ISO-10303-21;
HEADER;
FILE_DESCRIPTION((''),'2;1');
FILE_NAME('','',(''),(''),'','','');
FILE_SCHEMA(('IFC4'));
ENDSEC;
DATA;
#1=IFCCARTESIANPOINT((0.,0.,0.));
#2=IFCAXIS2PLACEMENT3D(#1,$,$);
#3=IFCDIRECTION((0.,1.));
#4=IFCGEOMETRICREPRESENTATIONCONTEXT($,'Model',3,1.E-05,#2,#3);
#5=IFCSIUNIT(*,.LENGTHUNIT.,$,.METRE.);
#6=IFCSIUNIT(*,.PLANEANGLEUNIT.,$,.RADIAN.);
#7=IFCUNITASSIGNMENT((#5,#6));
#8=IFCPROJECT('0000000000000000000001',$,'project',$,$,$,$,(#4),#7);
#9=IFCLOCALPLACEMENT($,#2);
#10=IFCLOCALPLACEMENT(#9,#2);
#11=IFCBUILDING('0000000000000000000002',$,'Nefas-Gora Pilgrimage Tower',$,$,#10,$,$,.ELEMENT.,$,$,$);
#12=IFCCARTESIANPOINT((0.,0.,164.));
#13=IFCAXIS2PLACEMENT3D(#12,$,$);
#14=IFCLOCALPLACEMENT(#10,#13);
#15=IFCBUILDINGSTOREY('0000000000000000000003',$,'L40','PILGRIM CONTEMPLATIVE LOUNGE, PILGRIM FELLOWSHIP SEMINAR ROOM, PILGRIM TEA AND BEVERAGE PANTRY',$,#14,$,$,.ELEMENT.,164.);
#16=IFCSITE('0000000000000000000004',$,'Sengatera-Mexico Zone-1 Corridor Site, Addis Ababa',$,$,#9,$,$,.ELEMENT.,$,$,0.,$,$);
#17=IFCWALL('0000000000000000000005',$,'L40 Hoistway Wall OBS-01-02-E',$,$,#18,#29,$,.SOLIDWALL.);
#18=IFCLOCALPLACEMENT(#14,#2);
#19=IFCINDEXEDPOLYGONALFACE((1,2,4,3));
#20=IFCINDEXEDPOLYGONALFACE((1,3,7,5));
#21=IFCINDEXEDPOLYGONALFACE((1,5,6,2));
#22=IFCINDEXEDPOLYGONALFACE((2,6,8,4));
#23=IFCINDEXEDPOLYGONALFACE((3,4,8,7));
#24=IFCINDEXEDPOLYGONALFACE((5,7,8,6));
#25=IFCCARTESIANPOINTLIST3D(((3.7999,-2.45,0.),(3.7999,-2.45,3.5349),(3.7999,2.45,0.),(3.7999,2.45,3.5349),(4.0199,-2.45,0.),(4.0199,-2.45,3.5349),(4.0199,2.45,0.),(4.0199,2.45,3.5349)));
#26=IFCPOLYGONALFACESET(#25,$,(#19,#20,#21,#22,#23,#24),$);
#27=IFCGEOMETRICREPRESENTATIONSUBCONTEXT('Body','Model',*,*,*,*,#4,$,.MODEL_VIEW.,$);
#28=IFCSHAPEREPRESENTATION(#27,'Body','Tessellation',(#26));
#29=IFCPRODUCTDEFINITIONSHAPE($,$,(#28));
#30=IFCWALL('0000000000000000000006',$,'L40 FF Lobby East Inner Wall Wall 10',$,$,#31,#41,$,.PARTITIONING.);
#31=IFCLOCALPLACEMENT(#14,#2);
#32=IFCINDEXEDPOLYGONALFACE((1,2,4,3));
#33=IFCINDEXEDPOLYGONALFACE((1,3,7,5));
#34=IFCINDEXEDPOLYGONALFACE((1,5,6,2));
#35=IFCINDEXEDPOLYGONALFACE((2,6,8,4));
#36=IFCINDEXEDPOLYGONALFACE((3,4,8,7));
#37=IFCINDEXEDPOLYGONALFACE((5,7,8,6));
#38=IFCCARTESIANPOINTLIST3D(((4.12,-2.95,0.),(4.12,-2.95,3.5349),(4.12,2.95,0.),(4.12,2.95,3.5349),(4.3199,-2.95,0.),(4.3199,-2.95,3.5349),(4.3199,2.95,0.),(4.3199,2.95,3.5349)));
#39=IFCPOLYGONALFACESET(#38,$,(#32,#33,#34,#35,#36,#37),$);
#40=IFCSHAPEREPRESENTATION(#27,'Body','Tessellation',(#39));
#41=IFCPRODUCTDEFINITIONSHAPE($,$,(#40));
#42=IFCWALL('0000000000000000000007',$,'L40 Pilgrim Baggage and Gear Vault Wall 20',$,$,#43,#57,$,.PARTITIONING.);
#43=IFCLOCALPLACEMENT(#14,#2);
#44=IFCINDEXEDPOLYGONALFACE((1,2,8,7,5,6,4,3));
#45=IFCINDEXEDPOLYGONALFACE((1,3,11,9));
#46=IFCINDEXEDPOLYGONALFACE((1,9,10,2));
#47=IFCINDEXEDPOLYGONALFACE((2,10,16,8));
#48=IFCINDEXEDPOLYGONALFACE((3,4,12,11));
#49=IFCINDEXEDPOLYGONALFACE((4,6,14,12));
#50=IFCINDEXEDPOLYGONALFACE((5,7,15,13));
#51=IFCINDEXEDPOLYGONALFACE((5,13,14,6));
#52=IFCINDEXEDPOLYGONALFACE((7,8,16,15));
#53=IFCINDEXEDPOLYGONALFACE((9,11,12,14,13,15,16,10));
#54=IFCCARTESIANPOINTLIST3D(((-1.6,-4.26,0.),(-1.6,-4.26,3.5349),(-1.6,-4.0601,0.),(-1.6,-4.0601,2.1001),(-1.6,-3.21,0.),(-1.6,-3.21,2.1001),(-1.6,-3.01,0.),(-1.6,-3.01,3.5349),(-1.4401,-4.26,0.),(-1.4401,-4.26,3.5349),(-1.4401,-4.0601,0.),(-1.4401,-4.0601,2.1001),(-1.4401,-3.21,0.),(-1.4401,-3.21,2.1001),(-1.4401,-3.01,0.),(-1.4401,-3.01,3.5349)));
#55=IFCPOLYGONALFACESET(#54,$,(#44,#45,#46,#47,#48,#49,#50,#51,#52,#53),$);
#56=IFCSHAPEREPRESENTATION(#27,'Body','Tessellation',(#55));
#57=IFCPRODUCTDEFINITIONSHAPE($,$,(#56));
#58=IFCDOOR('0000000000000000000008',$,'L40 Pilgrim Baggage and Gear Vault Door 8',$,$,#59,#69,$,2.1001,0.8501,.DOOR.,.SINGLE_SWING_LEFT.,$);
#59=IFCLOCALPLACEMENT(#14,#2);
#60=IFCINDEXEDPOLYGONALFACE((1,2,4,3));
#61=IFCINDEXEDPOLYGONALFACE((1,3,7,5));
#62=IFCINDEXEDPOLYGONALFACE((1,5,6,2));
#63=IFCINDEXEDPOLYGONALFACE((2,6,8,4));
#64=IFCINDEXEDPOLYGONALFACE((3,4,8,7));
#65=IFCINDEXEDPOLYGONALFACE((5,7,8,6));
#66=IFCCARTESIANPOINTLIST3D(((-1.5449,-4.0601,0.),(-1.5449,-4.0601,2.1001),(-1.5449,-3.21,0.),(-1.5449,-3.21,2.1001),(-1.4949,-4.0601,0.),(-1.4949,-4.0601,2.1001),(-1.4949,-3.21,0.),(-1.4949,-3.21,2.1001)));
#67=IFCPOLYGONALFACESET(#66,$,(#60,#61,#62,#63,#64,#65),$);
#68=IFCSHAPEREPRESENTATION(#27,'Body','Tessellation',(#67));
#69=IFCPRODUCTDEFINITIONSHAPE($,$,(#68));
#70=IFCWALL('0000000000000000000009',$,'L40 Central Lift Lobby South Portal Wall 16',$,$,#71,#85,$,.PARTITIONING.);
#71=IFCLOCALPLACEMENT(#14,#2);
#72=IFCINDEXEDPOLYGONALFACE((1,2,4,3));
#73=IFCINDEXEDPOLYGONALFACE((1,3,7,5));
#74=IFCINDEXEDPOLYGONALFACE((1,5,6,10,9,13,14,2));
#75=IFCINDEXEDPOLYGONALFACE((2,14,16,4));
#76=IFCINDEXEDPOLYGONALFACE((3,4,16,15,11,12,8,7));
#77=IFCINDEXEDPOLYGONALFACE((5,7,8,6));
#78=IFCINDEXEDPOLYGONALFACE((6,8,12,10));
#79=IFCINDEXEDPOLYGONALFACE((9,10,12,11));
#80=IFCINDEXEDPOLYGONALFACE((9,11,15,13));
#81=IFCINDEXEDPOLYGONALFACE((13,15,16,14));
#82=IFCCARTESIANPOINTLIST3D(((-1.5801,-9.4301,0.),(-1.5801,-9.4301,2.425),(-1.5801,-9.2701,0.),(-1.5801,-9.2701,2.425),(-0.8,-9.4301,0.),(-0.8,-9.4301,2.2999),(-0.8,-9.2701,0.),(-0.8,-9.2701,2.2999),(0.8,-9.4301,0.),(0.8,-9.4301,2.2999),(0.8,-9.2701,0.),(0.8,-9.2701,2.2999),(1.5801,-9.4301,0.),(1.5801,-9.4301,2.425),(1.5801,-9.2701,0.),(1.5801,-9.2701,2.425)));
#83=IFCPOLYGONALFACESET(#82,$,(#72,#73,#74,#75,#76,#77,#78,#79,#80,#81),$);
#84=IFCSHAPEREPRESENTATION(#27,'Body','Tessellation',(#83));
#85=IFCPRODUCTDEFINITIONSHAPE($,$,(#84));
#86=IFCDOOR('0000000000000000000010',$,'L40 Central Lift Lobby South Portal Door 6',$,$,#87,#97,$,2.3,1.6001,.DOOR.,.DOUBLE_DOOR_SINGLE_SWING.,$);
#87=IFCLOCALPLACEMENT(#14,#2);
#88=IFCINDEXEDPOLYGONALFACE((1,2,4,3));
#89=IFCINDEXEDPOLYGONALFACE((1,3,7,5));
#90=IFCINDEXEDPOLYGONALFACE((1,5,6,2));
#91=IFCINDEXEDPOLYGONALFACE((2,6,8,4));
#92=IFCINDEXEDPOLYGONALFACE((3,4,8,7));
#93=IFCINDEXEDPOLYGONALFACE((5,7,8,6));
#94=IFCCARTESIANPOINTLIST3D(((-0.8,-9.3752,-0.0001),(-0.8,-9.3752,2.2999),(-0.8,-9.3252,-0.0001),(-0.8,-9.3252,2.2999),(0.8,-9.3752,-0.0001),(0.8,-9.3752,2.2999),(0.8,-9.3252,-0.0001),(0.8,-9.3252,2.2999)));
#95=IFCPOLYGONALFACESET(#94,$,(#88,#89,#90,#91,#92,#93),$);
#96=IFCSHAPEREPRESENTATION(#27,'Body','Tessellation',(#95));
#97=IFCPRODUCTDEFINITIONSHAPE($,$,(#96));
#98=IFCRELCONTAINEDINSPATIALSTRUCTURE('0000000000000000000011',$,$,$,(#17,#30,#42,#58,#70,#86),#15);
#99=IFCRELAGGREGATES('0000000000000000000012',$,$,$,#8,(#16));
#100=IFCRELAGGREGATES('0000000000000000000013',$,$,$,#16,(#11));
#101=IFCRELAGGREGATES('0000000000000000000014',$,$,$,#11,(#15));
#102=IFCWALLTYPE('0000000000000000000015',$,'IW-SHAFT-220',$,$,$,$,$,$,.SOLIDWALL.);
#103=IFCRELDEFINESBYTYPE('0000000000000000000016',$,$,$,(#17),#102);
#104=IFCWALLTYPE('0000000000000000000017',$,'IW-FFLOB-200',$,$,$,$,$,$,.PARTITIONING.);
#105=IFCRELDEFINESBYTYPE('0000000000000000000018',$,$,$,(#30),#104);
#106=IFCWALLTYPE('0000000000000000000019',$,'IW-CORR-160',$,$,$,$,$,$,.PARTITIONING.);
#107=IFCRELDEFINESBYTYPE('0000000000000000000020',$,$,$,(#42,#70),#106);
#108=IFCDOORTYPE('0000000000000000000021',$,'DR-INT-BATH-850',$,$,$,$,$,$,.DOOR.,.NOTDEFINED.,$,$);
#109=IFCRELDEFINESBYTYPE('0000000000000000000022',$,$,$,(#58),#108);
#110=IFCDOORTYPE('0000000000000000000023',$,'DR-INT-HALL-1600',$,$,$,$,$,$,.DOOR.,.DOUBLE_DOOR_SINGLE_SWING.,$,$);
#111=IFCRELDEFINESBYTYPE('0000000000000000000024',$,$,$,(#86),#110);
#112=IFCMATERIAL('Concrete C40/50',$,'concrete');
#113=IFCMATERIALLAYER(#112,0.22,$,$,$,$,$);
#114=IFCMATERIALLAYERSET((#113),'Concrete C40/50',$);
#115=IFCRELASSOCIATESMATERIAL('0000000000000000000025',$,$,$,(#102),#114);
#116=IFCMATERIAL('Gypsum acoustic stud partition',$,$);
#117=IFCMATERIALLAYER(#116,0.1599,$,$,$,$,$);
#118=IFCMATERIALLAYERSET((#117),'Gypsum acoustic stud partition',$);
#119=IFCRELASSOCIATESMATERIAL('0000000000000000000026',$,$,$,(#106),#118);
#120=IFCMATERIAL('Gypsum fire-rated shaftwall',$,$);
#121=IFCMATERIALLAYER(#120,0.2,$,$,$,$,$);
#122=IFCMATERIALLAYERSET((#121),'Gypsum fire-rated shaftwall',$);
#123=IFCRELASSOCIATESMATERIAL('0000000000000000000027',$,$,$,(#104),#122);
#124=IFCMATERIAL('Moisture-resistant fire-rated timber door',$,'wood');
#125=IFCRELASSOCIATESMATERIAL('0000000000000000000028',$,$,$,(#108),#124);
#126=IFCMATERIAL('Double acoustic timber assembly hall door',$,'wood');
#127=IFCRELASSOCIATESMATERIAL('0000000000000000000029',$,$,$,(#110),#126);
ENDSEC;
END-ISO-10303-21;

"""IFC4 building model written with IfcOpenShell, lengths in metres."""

from ifc_helpers import new_model, si_unit, direction, frame, frame_2d, origin, place, context, subcontext, project, spatial, rectangle, extrude, source, transform, mapped, material, layer, layer_set, type_object, element, fill, save


model = new_model("IFC4")

# Units and contexts
model_context = context("Model", 3, precision=1e-05, world=origin(), true_north=direction((0.0, 1.0)))
body_context = subcontext(model_context, "Body", "Model", "MODEL_VIEW")
ifc_project = project(units=[si_unit("LENGTHUNIT", "METRE"), si_unit("PLANEANGLEUNIT", "RADIAN")], contexts=[model_context])

# Site, building, storey
site_placement = place(None, origin())
site = spatial("IfcSite", under=ifc_project, at=site_placement, Name="Sengatera-Mexico Zone-1 Corridor Site, Addis Ababa", CompositionType="ELEMENT", RefElevation=0.0)
building_placement = place(site_placement, origin())
building = spatial("IfcBuilding", under=site, at=building_placement, Name="Nefas-Gora Pilgrimage Tower", CompositionType="ELEMENT")
storey_placement = place(building_placement, frame((0.0, 0.0, 164.0)))
storey = spatial("IfcBuildingStorey", under=building, at=storey_placement, Name="L40", Description="PILGRIM CONTEMPLATIVE LOUNGE, PILGRIM FELLOWSHIP SEMINAR ROOM, PILGRIM TEA AND BEVERAGE PANTRY", CompositionType="ELEMENT", Elevation=164.0)

# Shared definitions
ifc_material_1 = material(Name="Concrete C40/50", Category="concrete")
ifc_layer_1 = layer(ifc_material_1, 0.22)
ifc_layer_set_1 = layer_set([ifc_layer_1], Name="Concrete C40/50")
wall_type_1 = type_object("IfcWallType", Name="IW-SHAFT-220", PredefinedType="SOLIDWALL", material=ifc_layer_set_1)

# Walls
ifc_material_2 = material(Name="Gypsum acoustic stud partition")
ifc_layer_2 = layer(ifc_material_2, 0.1599)
ifc_layer_set_2 = layer_set([ifc_layer_2], Name="Gypsum acoustic stud partition")
wall_type_2 = type_object("IfcWallType", Name="IW-CORR-160", PredefinedType="PARTITIONING", material=ifc_layer_set_2)
shared_shape_1 = source(origin(), body_context, "Body", "SweptSolid", [
    extrude(rectangle(XDim=4.8999, YDim=0.22, at=frame_2d((2.45, 0.0))), origin(), (0.0, 0.0, 1.0), 3.5349),
])
wall_1_placement = place(storey_placement, frame((3.9099, -2.45, 0.0), z_axis=(0.0, 0.0, 1.0), x_axis=(0.0, 1.0, 0.0)))
element("IfcWall", 1, at=wall_1_placement, inside=storey, type_object=wall_type_1, Name="L40 Hoistway Wall OBS-01-02-E", PredefinedType="SOLIDWALL", context=body_context, shape_type="MappedRepresentation", body=[
    mapped(shared_shape_1, transform((0.0, 0.0, 0.0), x_axis=(1.0, 0.0, 0.0), y_axis=(0.0, 1.0, 0.0), z_axis=(0.0, 0.0, 1.0), scale=1.0)),
])
ifc_material_3 = material(Name="Gypsum fire-rated shaftwall")
ifc_layer_3 = layer(ifc_material_3, 0.2)
ifc_layer_set_3 = layer_set([ifc_layer_3], Name="Gypsum fire-rated shaftwall")
wall_type_3 = type_object("IfcWallType", Name="IW-FFLOB-200", PredefinedType="PARTITIONING", material=ifc_layer_set_3)
shared_shape_2 = source(origin(), body_context, "Body", "SweptSolid", [
    extrude(rectangle(XDim=5.8999, YDim=0.2, at=frame_2d((2.95, 0.0))), origin(), (0.0, 0.0, 1.0), 3.5349),
])
wall_2_placement = place(storey_placement, frame((4.22, -2.95, 0.0), z_axis=(0.0, 0.0, 1.0), x_axis=(0.0, 1.0, 0.0)))
element("IfcWall", 2, at=wall_2_placement, inside=storey, type_object=wall_type_3, Name="L40 FF Lobby East Inner Wall Wall 10", PredefinedType="PARTITIONING", context=body_context, shape_type="MappedRepresentation", body=[
    mapped(shared_shape_2, transform((0.0, 0.0, 0.0), x_axis=(1.0, 0.0, 0.0), y_axis=(0.0, 1.0, 0.0), z_axis=(0.0, 0.0, 1.0), scale=1.0)),
])

# Walls, openings, doors
shared_shape_3 = source(origin(), body_context, "Body", "SweptSolid", [
    extrude(rectangle(XDim=1.25, YDim=0.1599, at=frame_2d((0.625, 0.0))), origin(), (0.0, 0.0, 1.0), 3.5349),
])
wall_3_placement = place(storey_placement, frame((-1.52, -4.26, 0.0), z_axis=(0.0, 0.0, 1.0), x_axis=(0.0, 1.0, 0.0)))
wall_3 = element("IfcWall", 3, at=wall_3_placement, inside=storey, type_object=wall_type_2, Name="L40 Pilgrim Baggage and Gear Vault Wall 20", PredefinedType="PARTITIONING", context=body_context, shape_type="MappedRepresentation", body=[
    mapped(shared_shape_3, transform((0.0, 0.0, 0.0), x_axis=(1.0, 0.0, 0.0), y_axis=(0.0, 1.0, 0.0), z_axis=(0.0, 0.0, 1.0), scale=1.0)),
])
opening_1_placement = place(wall_3_placement, frame((0.2, 0.0, 0.0)))
opening_1 = element("IfcOpeningElement", 4, at=opening_1_placement, cuts=wall_3, PredefinedType="OPENING", context=body_context, shape_type="SweptSolid", body=[
    extrude(rectangle(XDim=0.8501, YDim=2.1001, at=frame_2d((0.425, 1.05))), frame((0.0, 0.0898, 0.0), z_axis=(0.0, -1.0, 0.0), x_axis=(1.0, 0.0, 0.0)), (0.0, 0.0, 1.0), 0.1799),
])
ifc_material_4 = material(Name="Moisture-resistant fire-rated timber door", Category="wood")
door_type_1 = type_object("IfcDoorType", Name="DR-INT-BATH-850", OperationType="NOTDEFINED", PredefinedType="DOOR", material=ifc_material_4)
shared_shape_4 = source(origin(), body_context, "Body", "SweptSolid", [
    extrude(rectangle(XDim=0.8501, YDim=2.1001, at=frame_2d((0.425, 1.05))), frame((0.0, 0.0249, 0.0), z_axis=(0.0, -1.0, 0.0), x_axis=(1.0, 0.0, 0.0)), (0.0, 0.0, 1.0), 0.05),
])
door_1_placement = place(opening_1_placement, origin())
door_1 = element("IfcDoor", 5, at=door_1_placement, inside=storey, type_object=door_type_1, Name="L40 Pilgrim Baggage and Gear Vault Door 8", OperationType="SINGLE_SWING_LEFT", OverallHeight=2.1001, OverallWidth=0.8501, PredefinedType="DOOR", context=body_context, shape_type="MappedRepresentation", body=[
    mapped(shared_shape_4, transform((0.0, 0.0, 0.0), x_axis=(1.0, 0.0, 0.0), y_axis=(0.0, 1.0, 0.0), z_axis=(0.0, 0.0, 1.0), scale=1.0)),
])
fill(opening_1, door_1)
shared_shape_5 = source(origin(), body_context, "Body", "SweptSolid", [
    extrude(rectangle(XDim=3.1602, YDim=0.1599, at=frame_2d((1.5801, 0.0))), origin(), (0.0, 0.0, 1.0), 2.425),
])
wall_4_placement = place(storey_placement, frame((-1.5801, -9.3501, 0.0), z_axis=(0.0, 0.0, 1.0), x_axis=(1.0, 0.0, 0.0)))
wall_4 = element("IfcWall", 6, at=wall_4_placement, inside=storey, type_object=wall_type_2, Name="L40 Central Lift Lobby South Portal Wall 16", PredefinedType="PARTITIONING", context=body_context, shape_type="MappedRepresentation", body=[
    mapped(shared_shape_5, transform((0.0, 0.0, 0.0), x_axis=(1.0, 0.0, 0.0), y_axis=(0.0, 1.0, 0.0), z_axis=(0.0, 0.0, 1.0), scale=1.0)),
])
opening_2_placement = place(wall_4_placement, frame((0.78, 0.0, 0.0)))
opening_2 = element("IfcOpeningElement", 7, at=opening_2_placement, cuts=wall_4, PredefinedType="OPENING", context=body_context, shape_type="SweptSolid", body=[
    extrude(rectangle(XDim=1.6001, YDim=2.3, at=frame_2d((0.8, 1.1499))), frame((0.0, 0.0898, 0.0), z_axis=(0.0, -1.0, 0.0), x_axis=(1.0, 0.0, 0.0)), (0.0, 0.0, 1.0), 0.1799),
])
ifc_material_5 = material(Name="Double acoustic timber assembly hall door", Category="wood")
door_type_2 = type_object("IfcDoorType", Name="DR-INT-HALL-1600", OperationType="DOUBLE_DOOR_SINGLE_SWING", PredefinedType="DOOR", material=ifc_material_5)
shared_shape_6 = source(origin(), body_context, "Body", "SweptSolid", [
    extrude(rectangle(XDim=1.6001, YDim=2.3, at=frame_2d((0.8, 1.1499))), frame((0.0, 0.0249, 0.0), z_axis=(0.0, -1.0, 0.0), x_axis=(1.0, 0.0, 0.0)), (0.0, 0.0, 1.0), 0.05),
])
door_2_placement = place(opening_2_placement, origin())
door_2 = element("IfcDoor", 8, at=door_2_placement, inside=storey, type_object=door_type_2, Name="L40 Central Lift Lobby South Portal Door 6", OperationType="DOUBLE_DOOR_SINGLE_SWING", OverallHeight=2.3, OverallWidth=1.6001, PredefinedType="DOOR", context=body_context, shape_type="MappedRepresentation", body=[
    mapped(shared_shape_6, transform((0.0, 0.0, 0.0), x_axis=(1.0, 0.0, 0.0), y_axis=(0.0, 1.0, 0.0), z_axis=(0.0, 0.0, 1.0), scale=1.0)),
])
fill(opening_2, door_2)

save(model, "model.ifc")
